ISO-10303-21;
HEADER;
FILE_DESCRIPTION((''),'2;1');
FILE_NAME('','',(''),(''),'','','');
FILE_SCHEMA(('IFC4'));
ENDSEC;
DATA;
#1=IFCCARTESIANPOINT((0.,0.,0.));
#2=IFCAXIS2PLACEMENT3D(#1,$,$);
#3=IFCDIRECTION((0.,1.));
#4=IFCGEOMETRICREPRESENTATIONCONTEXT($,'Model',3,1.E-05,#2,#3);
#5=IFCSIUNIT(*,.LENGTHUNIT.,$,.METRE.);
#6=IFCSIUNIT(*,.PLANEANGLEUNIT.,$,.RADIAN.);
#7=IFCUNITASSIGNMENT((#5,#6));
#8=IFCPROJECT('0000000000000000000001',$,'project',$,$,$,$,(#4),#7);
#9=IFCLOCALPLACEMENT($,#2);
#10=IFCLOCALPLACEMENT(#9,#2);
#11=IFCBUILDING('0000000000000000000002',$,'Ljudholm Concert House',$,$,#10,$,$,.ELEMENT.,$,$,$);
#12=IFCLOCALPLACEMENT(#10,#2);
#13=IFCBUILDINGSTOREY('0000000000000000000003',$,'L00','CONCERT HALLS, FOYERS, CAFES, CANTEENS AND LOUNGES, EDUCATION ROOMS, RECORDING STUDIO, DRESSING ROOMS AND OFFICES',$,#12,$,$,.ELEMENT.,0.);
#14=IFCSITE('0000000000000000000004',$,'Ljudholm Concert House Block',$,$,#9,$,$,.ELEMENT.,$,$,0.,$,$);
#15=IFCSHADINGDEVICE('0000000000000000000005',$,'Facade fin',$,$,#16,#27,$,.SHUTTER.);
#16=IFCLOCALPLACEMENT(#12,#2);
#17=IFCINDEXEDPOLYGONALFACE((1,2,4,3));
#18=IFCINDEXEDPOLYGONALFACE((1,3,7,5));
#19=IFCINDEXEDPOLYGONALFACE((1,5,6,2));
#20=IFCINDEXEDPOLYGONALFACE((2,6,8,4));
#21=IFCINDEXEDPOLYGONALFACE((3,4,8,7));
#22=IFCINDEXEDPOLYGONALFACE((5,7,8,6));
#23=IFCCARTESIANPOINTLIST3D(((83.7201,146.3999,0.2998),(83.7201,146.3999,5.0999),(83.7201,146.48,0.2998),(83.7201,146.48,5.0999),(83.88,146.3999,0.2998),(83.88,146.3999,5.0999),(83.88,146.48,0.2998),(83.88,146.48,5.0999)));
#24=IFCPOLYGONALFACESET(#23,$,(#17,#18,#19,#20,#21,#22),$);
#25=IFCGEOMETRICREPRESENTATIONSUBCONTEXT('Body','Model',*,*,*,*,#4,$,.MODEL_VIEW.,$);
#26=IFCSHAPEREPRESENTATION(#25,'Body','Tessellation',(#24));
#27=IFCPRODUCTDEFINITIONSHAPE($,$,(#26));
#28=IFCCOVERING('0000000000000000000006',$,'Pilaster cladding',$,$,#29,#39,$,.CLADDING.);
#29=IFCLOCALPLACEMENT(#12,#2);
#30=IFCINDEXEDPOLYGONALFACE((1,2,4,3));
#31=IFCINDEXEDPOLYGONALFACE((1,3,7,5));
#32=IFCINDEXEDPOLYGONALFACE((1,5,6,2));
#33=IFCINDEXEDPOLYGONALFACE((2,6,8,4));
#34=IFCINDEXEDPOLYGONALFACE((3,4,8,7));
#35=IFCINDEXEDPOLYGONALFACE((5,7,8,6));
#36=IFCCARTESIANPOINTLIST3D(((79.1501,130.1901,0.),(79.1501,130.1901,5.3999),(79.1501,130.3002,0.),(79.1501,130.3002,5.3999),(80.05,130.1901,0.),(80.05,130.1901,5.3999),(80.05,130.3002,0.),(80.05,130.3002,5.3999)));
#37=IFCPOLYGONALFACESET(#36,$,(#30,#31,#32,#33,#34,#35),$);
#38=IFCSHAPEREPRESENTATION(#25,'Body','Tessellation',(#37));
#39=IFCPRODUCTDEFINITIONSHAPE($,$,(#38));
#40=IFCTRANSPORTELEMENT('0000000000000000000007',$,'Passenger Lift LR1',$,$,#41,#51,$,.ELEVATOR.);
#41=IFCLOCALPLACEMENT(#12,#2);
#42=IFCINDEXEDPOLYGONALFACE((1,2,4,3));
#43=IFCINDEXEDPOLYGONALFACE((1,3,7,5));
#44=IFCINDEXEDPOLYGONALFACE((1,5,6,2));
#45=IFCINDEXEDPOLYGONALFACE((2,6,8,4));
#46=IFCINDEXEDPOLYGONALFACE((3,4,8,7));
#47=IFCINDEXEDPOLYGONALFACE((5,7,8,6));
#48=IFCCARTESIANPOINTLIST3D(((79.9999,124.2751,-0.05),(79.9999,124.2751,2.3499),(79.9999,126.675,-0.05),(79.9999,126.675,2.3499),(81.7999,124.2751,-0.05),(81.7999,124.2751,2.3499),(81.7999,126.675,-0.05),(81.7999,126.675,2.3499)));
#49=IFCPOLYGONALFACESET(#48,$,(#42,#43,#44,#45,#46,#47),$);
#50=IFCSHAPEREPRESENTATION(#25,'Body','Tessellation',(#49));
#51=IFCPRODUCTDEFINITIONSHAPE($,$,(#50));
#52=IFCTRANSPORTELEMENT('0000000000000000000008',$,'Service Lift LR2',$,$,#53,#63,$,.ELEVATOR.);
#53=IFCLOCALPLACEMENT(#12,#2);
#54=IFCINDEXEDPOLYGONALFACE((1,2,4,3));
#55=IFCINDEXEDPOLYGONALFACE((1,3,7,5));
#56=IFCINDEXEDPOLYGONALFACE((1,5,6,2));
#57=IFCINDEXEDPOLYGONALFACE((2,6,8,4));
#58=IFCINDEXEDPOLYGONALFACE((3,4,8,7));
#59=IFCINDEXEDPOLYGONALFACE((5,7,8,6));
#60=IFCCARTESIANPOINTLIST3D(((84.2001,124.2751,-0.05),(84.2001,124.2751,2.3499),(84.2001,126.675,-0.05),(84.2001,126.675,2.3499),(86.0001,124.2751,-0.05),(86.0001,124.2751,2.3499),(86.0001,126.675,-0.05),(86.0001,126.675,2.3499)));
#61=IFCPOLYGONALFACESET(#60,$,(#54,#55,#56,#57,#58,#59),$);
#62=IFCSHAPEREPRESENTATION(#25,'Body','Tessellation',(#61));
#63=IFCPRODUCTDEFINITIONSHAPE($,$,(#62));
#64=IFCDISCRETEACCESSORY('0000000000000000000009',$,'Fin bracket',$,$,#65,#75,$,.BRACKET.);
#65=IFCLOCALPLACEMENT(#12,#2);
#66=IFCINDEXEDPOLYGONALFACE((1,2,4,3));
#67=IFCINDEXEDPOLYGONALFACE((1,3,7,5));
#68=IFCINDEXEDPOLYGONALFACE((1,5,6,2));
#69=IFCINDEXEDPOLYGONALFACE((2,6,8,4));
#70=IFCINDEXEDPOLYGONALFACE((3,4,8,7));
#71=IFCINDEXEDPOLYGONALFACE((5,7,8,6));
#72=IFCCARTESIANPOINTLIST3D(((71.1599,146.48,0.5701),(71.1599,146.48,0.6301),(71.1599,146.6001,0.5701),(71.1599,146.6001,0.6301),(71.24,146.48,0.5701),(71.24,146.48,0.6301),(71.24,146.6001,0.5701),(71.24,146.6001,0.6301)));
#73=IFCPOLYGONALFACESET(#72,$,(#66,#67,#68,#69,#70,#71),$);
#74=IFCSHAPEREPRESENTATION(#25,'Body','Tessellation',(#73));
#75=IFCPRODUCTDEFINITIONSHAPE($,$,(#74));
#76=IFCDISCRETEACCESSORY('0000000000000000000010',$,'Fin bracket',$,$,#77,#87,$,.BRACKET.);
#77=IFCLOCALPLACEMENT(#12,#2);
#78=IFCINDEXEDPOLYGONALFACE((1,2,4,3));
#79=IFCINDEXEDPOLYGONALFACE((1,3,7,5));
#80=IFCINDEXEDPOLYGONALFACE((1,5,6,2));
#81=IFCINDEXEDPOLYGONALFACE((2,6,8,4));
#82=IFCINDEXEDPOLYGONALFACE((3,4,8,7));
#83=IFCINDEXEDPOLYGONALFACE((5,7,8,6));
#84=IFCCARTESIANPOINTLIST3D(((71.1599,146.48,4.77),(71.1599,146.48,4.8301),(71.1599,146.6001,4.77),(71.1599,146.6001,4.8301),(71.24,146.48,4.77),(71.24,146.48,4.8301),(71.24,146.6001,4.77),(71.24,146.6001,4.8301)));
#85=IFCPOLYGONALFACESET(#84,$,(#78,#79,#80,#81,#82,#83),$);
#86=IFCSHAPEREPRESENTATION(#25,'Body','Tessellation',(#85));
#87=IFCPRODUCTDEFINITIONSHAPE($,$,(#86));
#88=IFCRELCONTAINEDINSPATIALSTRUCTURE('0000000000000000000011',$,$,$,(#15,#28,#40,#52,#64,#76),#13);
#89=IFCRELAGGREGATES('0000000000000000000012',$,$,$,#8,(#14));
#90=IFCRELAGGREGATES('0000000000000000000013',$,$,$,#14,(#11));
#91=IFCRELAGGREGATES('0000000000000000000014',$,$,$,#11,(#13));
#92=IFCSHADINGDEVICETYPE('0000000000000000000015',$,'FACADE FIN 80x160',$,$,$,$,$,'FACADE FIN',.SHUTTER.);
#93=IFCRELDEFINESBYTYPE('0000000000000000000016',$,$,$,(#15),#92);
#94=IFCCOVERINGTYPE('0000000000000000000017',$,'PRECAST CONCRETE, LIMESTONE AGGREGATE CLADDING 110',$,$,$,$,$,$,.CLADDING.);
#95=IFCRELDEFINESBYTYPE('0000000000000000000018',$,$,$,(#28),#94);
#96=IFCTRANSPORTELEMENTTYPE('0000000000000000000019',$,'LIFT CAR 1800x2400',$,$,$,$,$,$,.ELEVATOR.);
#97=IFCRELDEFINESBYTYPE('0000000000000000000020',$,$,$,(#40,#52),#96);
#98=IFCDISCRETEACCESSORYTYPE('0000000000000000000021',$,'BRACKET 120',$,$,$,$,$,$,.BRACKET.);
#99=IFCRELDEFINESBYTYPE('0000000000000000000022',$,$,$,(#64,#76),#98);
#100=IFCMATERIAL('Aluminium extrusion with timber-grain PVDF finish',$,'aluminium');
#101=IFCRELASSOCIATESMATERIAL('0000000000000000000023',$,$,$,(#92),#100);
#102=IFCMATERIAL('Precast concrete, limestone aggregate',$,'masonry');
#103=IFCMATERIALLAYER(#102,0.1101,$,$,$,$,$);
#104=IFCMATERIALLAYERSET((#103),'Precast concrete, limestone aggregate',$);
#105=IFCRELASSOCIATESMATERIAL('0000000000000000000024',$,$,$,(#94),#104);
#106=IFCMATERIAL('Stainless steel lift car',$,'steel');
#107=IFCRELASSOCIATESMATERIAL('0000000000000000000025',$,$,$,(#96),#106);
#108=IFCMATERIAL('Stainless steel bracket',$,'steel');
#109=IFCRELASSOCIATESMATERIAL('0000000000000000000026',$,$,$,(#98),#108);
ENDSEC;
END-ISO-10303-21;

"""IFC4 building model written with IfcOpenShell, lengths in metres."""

from ifc_helpers import new_model, si_unit, direction, frame, origin, origin_2d, place, context, subcontext, project, spatial, rectangle, extrude, material, layer, layer_set, type_object, element, save


model = new_model("IFC4")

# Units and contexts
model_context = context("Model", 3, precision=1e-05, world=origin(), true_north=direction((0.0, 1.0)))
body_context = subcontext(model_context, "Body", "Model", "MODEL_VIEW")
ifc_project = project(units=[si_unit("LENGTHUNIT", "METRE"), si_unit("PLANEANGLEUNIT", "RADIAN")], contexts=[model_context])

# Site, building, storey
site_placement = place(None, origin())
site = spatial("IfcSite", under=ifc_project, at=site_placement, Name="Ljudholm Concert House Block", CompositionType="ELEMENT", RefElevation=0.0)
building_placement = place(site_placement, origin())
building = spatial("IfcBuilding", under=site, at=building_placement, Name="Ljudholm Concert House", CompositionType="ELEMENT")
storey_placement = place(building_placement, origin())
storey = spatial("IfcBuildingStorey", under=building, at=storey_placement, Name="L00", Description="CONCERT HALLS, FOYERS, CAFES, CANTEENS AND LOUNGES, EDUCATION ROOMS, RECORDING STUDIO, DRESSING ROOMS AND OFFICES", CompositionType="ELEMENT", Elevation=0.0)

# Shading device
ifc_material_1 = material(Name="Aluminium extrusion with timber-grain PVDF finish", Category="aluminium")
shading_device_type = type_object("IfcShadingDeviceType", Name="FACADE FIN 80x160", ElementType="FACADE FIN", PredefinedType="SHUTTER", material=ifc_material_1)
for number, where, z_axis, x_axis, name in (
    (1, (83.8, 146.4399, 0.2998), (0.0, 0.0, 1.0), (0.0, -1.0, 0.0), "Facade fin"),
):
    element("IfcShadingDevice", number, at=place(storey_placement, frame(where, z_axis=z_axis, x_axis=x_axis)), inside=storey, type_object=shading_device_type, Name=name, PredefinedType="SHUTTER", context=body_context, shape_type="SweptSolid", body=[
        extrude(rectangle(XDim=0.0801, YDim=0.1599, at=origin_2d()), origin(), (0.0, 0.0, 1.0), 4.8),
    ])

# Covering
ifc_material_2 = material(Name="Precast concrete, limestone aggregate", Category="masonry")
ifc_layer_1 = layer(ifc_material_2, 0.1101)
ifc_layer_set_1 = layer_set([ifc_layer_1], Name="Precast concrete, limestone aggregate")
covering_type = type_object("IfcCoveringType", Name="PRECAST CONCRETE, LIMESTONE AGGREGATE CLADDING 110", PredefinedType="CLADDING", material=ifc_layer_set_1)
covering_placement = place(storey_placement, frame((79.6001, 130.2451, 0.0), z_axis=(0.0, 0.0, 1.0), x_axis=(0.0, 1.0, 0.0)))
element("IfcCovering", 2, at=covering_placement, inside=storey, type_object=covering_type, Name="Pilaster cladding", PredefinedType="CLADDING", context=body_context, shape_type="SweptSolid", body=[
    extrude(rectangle(XDim=0.1101, YDim=0.8999, at=origin_2d()), origin(), (0.0, 0.0, 1.0), 5.3999),
])

# Transport elements
ifc_material_3 = material(Name="Stainless steel lift car", Category="steel")
transport_element_type = type_object("IfcTransportElementType", Name="LIFT CAR 1800x2400", PredefinedType="ELEVATOR", material=ifc_material_3)
for number, where, z_axis, x_axis, name in (
    (3, (80.8999, 125.4751, -0.05), (0.0, 0.0, 1.0), (1.0, 0.0, 0.0), "Passenger Lift LR1"),
    (4, (85.1001, 125.4751, -0.05), (0.0, 0.0, 1.0), (1.0, 0.0, 0.0), "Service Lift LR2"),
):
    element("IfcTransportElement", number, at=place(storey_placement, frame(where, z_axis=z_axis, x_axis=x_axis)), inside=storey, type_object=transport_element_type, Name=name, PredefinedType="ELEVATOR", context=body_context, shape_type="SweptSolid", body=[
        extrude(rectangle(XDim=1.8, YDim=2.3999, at=origin_2d()), origin(), (0.0, 0.0, 1.0), 2.3999),
    ])

# Discrete accessories
ifc_material_4 = material(Name="Stainless steel bracket", Category="steel")
discrete_accessory_type = type_object("IfcDiscreteAccessoryType", Name="BRACKET 120", PredefinedType="BRACKET", material=ifc_material_4)
for number, where, z_axis, x_axis, name in (
    (5, (71.2, 146.54, 0.5701), (0.0, 0.0, 1.0), (0.0, -1.0, 0.0), "Fin bracket"),
    (6, (71.2, 146.54, 4.77), (0.0, 0.0, 1.0), (0.0, -1.0, 0.0), "Fin bracket"),
):
    element("IfcDiscreteAccessory", number, at=place(storey_placement, frame(where, z_axis=z_axis, x_axis=x_axis)), inside=storey, type_object=discrete_accessory_type, Name=name, PredefinedType="BRACKET", context=body_context, shape_type="SweptSolid", body=[
        extrude(rectangle(XDim=0.1201, YDim=0.0801, at=origin_2d()), origin(), (0.0, 0.0, 1.0), 0.0601),
    ])

save(model, "model.ifc")
